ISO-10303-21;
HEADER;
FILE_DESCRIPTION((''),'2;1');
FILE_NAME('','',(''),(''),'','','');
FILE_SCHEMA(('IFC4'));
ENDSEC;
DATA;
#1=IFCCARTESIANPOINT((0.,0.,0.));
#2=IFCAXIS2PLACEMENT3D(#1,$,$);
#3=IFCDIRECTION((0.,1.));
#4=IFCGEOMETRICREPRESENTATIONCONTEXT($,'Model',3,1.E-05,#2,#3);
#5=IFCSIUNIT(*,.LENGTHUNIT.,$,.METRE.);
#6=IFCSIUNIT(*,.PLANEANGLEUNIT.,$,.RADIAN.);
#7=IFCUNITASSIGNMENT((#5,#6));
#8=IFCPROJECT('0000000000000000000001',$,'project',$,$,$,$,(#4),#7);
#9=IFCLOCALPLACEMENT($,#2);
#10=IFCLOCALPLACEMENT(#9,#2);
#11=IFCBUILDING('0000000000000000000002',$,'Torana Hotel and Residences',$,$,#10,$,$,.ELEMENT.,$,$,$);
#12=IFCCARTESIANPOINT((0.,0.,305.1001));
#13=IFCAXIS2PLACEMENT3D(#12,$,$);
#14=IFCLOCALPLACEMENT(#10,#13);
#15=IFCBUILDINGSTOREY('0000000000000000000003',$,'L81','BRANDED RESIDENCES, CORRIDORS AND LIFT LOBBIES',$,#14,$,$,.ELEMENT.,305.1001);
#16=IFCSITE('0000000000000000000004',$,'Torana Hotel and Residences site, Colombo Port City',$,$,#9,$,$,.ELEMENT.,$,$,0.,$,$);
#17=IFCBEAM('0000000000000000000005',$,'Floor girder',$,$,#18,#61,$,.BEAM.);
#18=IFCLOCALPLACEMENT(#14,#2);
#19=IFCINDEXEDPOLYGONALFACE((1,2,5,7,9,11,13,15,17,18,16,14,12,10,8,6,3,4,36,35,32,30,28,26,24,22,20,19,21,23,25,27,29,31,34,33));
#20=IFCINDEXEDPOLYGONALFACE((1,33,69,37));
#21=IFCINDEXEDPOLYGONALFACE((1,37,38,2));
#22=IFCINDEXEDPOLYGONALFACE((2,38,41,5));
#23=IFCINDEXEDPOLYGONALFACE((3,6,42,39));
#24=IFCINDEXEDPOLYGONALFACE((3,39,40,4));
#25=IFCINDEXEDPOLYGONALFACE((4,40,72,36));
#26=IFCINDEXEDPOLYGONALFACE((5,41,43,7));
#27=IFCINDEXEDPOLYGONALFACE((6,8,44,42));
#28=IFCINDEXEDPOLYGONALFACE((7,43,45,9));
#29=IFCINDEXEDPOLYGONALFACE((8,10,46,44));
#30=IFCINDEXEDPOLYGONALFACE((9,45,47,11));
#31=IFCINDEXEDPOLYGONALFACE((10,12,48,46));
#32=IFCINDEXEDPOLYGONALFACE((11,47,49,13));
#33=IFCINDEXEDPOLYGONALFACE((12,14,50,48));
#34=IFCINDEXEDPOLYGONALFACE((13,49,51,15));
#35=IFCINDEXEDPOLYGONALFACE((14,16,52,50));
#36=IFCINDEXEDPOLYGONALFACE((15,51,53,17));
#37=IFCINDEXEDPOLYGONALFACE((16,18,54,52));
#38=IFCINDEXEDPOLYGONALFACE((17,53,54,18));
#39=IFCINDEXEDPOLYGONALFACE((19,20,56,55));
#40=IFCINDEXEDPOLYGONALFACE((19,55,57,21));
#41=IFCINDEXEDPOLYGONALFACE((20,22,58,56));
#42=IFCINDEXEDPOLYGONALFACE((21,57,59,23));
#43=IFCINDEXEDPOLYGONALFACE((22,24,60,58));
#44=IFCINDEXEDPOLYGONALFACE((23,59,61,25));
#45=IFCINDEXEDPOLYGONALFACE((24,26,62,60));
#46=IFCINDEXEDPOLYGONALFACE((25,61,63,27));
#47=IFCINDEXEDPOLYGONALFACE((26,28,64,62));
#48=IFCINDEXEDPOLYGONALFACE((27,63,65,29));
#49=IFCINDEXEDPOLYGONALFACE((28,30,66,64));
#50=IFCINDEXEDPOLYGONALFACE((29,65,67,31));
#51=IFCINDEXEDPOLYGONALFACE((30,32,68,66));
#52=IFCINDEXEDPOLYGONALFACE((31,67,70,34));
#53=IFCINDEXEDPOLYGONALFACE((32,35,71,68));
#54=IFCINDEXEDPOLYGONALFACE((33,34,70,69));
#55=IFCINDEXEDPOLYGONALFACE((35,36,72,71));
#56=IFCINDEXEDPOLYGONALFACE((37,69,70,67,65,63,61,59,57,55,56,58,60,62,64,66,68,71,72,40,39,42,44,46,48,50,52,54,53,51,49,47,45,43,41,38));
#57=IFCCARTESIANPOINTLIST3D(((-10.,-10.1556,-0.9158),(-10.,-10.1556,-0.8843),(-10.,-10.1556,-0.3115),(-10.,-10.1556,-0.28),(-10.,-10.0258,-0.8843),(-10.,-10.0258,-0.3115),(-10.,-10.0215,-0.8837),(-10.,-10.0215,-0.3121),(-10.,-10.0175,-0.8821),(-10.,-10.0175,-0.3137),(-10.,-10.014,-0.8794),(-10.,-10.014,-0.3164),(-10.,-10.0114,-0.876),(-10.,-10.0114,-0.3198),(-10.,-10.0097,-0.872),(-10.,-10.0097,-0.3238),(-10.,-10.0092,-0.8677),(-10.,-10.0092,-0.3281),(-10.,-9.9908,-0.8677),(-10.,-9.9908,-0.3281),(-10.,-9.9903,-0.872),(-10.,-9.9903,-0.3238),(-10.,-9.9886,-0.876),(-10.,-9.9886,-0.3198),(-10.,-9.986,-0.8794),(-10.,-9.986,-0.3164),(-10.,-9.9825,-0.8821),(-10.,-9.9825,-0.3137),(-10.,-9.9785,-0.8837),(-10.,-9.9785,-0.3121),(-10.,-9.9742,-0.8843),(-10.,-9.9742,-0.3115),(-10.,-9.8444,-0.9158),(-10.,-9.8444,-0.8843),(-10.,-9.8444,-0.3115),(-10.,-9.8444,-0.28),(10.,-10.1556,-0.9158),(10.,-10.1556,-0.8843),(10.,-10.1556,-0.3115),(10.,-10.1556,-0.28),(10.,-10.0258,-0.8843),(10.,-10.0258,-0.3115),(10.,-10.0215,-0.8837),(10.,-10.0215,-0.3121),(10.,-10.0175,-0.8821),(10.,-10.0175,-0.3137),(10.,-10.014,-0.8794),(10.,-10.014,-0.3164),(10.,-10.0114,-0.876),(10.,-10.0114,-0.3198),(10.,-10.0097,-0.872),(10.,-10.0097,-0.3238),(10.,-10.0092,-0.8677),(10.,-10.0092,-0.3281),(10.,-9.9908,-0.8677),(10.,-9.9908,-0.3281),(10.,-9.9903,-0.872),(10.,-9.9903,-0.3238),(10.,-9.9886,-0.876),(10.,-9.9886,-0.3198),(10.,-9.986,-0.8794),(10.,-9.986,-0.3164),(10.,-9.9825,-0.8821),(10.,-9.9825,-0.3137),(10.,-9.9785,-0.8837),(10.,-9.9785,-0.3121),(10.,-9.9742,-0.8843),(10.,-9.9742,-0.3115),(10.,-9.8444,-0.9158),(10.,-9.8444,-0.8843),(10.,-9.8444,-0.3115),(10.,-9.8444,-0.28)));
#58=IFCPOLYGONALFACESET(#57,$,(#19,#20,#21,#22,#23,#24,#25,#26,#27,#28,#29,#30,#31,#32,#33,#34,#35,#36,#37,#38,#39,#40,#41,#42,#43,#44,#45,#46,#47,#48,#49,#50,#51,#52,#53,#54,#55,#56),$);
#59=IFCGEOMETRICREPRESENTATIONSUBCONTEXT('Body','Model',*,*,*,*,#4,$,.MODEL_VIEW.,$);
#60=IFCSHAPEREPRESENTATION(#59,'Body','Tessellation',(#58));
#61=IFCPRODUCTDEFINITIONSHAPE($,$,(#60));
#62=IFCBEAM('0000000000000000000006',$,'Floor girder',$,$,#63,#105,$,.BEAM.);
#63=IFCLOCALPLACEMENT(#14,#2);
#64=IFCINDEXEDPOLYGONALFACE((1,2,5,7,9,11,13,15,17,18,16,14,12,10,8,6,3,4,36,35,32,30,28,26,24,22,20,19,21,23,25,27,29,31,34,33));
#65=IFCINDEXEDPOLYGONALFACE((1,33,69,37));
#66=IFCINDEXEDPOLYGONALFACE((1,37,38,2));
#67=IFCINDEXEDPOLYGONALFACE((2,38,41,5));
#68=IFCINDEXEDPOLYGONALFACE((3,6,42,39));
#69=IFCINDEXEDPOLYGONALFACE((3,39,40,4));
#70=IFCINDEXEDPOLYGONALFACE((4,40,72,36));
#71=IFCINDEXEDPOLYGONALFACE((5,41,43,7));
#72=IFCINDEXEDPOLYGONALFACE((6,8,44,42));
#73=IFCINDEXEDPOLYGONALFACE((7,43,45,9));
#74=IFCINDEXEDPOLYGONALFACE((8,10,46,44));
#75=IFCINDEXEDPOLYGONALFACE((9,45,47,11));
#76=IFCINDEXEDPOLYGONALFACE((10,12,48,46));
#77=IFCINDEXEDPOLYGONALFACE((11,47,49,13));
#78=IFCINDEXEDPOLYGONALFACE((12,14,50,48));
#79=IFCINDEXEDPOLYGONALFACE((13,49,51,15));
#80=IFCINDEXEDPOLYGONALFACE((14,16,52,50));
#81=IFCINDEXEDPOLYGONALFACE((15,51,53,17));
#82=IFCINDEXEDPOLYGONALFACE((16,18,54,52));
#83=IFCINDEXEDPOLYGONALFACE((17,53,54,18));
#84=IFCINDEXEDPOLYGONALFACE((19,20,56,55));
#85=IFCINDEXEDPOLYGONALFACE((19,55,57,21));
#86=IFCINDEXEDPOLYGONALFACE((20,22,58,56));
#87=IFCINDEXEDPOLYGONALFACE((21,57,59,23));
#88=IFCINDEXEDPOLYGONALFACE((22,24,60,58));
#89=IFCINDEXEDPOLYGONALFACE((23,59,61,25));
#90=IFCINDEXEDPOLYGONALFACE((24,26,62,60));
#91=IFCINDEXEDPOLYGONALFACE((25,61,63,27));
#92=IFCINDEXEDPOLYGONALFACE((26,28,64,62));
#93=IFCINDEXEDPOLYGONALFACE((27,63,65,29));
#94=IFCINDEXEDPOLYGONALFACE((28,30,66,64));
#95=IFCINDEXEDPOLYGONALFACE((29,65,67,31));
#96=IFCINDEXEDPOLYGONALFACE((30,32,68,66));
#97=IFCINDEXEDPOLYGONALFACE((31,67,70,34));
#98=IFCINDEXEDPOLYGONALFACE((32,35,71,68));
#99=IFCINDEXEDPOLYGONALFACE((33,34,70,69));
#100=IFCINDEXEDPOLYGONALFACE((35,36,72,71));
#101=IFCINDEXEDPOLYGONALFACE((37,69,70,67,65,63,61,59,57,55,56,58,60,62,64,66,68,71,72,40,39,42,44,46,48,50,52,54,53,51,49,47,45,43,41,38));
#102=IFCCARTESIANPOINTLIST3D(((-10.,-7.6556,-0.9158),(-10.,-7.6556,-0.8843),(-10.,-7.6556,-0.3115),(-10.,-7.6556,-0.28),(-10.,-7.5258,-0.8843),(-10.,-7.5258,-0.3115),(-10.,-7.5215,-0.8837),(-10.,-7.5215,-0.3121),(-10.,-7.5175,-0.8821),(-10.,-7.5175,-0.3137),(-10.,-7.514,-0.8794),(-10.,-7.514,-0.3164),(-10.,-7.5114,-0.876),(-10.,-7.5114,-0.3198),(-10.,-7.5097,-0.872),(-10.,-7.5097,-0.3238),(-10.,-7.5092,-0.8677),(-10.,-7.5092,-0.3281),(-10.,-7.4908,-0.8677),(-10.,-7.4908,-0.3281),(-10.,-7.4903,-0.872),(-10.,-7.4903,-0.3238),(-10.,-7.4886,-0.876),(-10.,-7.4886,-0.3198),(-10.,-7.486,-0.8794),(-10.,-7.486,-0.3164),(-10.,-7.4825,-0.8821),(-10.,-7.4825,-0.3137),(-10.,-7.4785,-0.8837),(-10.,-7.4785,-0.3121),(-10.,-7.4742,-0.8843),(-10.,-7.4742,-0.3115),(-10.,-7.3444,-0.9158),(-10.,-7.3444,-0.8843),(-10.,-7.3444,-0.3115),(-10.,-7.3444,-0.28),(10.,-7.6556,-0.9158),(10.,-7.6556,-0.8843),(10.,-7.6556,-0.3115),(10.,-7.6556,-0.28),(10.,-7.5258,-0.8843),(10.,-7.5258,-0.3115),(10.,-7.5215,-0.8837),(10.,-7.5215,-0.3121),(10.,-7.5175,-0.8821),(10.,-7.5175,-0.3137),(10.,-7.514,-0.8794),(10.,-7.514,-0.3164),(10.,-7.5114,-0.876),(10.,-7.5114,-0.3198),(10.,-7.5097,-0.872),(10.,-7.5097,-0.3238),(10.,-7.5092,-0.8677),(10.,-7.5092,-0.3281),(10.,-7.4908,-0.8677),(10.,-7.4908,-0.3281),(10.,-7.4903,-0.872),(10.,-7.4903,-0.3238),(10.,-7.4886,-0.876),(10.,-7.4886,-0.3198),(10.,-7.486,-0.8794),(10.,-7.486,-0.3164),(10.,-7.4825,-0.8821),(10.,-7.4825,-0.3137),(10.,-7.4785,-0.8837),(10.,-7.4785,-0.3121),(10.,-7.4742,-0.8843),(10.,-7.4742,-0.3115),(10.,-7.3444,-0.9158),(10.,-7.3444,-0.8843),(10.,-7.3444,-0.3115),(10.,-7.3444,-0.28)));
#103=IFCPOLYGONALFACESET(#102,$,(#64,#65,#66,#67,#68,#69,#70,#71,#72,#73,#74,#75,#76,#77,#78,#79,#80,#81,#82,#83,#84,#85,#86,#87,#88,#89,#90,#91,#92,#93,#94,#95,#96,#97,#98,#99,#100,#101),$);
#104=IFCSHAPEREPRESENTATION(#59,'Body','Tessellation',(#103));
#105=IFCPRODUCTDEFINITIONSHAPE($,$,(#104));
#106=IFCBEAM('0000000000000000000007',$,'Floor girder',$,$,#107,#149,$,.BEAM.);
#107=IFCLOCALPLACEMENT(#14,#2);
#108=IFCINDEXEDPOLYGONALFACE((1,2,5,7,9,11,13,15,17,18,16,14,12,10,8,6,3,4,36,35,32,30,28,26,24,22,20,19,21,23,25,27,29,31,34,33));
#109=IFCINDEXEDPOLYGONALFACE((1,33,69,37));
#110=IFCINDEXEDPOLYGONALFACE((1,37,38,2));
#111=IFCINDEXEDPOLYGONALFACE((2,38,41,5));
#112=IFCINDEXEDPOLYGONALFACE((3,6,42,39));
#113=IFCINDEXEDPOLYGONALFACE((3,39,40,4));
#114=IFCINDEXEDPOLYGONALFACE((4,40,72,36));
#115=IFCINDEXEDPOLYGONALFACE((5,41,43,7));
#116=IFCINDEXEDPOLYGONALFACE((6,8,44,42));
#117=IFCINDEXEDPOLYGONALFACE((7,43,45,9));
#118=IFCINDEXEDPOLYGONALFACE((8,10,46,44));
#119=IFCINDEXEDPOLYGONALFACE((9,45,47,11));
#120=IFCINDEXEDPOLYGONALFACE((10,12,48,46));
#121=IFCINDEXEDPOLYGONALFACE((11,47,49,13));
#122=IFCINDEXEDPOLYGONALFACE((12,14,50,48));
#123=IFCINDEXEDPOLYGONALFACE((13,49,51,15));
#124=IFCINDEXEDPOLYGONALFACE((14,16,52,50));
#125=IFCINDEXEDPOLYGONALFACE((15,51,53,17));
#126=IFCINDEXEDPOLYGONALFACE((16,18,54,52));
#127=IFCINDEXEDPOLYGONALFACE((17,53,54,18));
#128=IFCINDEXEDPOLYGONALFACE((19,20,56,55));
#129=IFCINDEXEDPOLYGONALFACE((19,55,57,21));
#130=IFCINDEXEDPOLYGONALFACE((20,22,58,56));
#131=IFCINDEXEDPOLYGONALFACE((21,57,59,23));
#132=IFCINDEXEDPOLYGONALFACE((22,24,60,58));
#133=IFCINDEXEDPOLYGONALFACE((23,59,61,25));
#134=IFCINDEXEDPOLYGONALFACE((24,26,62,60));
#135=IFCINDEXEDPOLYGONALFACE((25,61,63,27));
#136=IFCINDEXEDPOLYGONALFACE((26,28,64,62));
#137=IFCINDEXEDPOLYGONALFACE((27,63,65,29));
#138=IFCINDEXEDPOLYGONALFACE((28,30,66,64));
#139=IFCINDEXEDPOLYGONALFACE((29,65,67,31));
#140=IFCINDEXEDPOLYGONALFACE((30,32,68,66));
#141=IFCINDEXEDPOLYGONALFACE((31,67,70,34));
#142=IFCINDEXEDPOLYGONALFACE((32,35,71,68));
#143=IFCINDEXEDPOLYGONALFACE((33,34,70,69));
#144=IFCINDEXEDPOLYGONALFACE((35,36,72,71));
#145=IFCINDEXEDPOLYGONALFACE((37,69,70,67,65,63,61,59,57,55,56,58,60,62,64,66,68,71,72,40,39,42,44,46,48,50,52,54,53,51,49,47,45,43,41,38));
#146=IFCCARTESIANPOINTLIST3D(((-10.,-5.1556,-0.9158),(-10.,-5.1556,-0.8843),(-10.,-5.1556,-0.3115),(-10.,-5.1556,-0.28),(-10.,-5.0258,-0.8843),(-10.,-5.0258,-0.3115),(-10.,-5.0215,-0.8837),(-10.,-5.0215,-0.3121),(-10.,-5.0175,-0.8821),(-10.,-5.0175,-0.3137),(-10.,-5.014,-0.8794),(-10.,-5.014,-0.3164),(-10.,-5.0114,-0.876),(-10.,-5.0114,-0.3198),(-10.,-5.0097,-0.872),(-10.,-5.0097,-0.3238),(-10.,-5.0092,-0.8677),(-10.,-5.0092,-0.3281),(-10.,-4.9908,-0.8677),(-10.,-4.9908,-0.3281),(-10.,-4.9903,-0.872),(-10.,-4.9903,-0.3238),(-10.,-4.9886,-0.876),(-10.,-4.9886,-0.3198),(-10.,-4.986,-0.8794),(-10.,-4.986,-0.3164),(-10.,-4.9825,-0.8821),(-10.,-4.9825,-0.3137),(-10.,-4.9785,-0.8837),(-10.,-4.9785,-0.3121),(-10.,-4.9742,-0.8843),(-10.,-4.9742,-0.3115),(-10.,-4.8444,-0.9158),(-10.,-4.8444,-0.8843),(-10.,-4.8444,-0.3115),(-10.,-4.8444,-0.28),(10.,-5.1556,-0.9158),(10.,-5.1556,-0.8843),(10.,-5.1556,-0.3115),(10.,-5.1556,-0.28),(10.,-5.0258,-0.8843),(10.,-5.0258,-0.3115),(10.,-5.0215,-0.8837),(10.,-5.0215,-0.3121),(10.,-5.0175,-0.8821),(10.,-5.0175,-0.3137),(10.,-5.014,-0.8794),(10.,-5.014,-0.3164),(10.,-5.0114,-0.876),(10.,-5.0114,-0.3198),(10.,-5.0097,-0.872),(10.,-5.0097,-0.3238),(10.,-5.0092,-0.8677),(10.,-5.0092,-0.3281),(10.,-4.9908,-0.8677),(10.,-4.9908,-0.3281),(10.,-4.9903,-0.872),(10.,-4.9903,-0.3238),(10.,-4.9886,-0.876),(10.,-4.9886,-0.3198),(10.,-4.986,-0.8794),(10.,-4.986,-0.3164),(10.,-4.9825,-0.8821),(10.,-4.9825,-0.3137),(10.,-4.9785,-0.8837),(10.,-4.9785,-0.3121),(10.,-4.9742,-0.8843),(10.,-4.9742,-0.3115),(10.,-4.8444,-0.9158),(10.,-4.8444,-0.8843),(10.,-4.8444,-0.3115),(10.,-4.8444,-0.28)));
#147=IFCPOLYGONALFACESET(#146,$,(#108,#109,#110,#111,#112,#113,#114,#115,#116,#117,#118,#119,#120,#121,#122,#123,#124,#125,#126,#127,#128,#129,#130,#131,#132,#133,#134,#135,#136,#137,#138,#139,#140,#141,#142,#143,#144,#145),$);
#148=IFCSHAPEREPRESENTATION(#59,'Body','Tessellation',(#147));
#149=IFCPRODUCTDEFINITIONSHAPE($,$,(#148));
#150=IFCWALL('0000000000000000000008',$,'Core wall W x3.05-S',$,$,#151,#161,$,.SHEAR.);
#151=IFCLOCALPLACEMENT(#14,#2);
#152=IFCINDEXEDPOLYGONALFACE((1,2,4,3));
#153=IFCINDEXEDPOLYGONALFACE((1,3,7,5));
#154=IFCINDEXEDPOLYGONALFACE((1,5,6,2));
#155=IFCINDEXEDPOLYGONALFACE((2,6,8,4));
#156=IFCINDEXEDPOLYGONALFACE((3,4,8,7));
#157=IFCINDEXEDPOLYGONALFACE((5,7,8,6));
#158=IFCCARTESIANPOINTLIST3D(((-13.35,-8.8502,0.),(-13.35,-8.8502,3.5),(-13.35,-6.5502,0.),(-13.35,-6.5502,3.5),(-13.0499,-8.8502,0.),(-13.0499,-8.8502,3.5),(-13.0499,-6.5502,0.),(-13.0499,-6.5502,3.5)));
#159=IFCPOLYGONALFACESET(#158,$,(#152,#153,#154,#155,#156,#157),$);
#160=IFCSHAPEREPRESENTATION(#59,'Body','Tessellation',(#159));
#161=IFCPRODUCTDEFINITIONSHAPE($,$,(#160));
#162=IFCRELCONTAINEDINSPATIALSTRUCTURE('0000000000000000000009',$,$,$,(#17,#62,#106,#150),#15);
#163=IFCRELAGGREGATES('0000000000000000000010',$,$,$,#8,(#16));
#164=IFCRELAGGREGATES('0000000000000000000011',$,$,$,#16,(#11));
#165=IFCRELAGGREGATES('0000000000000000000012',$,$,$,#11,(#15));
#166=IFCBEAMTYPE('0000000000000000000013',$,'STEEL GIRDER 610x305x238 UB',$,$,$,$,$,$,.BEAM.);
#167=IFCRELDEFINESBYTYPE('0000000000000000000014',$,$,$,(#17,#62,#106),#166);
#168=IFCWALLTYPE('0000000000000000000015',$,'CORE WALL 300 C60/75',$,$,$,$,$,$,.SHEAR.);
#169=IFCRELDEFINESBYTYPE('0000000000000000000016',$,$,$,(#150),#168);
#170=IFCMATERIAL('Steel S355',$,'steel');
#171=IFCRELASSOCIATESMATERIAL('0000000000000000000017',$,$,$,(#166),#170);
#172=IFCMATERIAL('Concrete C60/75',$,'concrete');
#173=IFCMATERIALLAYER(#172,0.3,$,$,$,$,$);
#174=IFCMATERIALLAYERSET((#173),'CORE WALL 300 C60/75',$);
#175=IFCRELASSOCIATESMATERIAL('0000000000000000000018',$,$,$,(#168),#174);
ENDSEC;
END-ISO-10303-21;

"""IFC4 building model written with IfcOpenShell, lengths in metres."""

from ifc_helpers import new_model, si_unit, direction, frame, frame_2d, origin, origin_2d, place, context, subcontext, project, spatial, rectangle, i_section, extrude, material, layer, layer_set, material_profile, profile_set, type_object, element, save


model = new_model("IFC4")

# Units and contexts
model_context = context("Model", 3, precision=1e-05, world=origin(), true_north=direction((0.0, 1.0)))
body_context = subcontext(model_context, "Body", "Model", "MODEL_VIEW")
ifc_project = project(units=[si_unit("LENGTHUNIT", "METRE"), si_unit("PLANEANGLEUNIT", "RADIAN")], contexts=[model_context])

# Site, building, storey
site_placement = place(None, origin())
site = spatial("IfcSite", under=ifc_project, at=site_placement, Name="Torana Hotel and Residences site, Colombo Port City", CompositionType="ELEMENT", RefElevation=0.0)
building_placement = place(site_placement, origin())
building = spatial("IfcBuilding", under=site, at=building_placement, Name="Torana Hotel and Residences", CompositionType="ELEMENT")
storey_placement = place(building_placement, frame((0.0, 0.0, 305.1001)))
storey = spatial("IfcBuildingStorey", under=building, at=storey_placement, Name="L81", Description="BRANDED RESIDENCES, CORRIDORS AND LIFT LOBBIES", CompositionType="ELEMENT", Elevation=305.1001)

# Beams
ifc_material_1 = material(Name="Steel S355", Category="steel")
ifc_material_profile = material_profile(ifc_material_1, i_section(OverallWidth=0.3113, OverallDepth=0.6357, WebThickness=0.0183, FlangeThickness=0.0315, FilletRadius=0.0166, at=origin_2d()), Name="610x305x238 UB")
ifc_profile_set = profile_set([ifc_material_profile], Name="Steel S355")
beam_type = type_object("IfcBeamType", Name="STEEL GIRDER 610x305x238 UB", PredefinedType="BEAM", material=ifc_profile_set)
for number, where, z_axis, x_axis, name in (
    (1, (-10.0, -10.0, -0.5979), (1.0, 0.0, 0.0), (0.0, 1.0, 0.0), "Floor girder"),
    (2, (-10.0, -7.5, -0.5979), (1.0, 0.0, 0.0), (0.0, 1.0, 0.0), "Floor girder"),
    (3, (-10.0, -5.0, -0.5979), (1.0, 0.0, 0.0), (0.0, 1.0, 0.0), "Floor girder"),
):
    element("IfcBeam", number, at=place(storey_placement, frame(where, z_axis=z_axis, x_axis=x_axis)), inside=storey, type_object=beam_type, Name=name, PredefinedType="BEAM", context=body_context, shape_type="SweptSolid", body=[
        extrude(i_section(OverallWidth=0.3113, OverallDepth=0.6357, WebThickness=0.0183, FlangeThickness=0.0315, FilletRadius=0.0166, at=origin_2d()), origin(), (0.0, 0.0, 1.0), 20.0),
    ])

# Wall
ifc_material_2 = material(Name="Concrete C60/75", Category="concrete")
ifc_layer_1 = layer(ifc_material_2, 0.3)
ifc_layer_set_1 = layer_set([ifc_layer_1], Name="CORE WALL 300 C60/75")
wall_type_1 = type_object("IfcWallType", Name="CORE WALL 300 C60/75", PredefinedType="SHEAR", material=ifc_layer_set_1)
wall_1_placement = place(storey_placement, frame((-13.2, -8.8501, 0.0), z_axis=(0.0, 0.0, 1.0), x_axis=(0.0, 1.0, 0.0)))
element("IfcWall", 4, at=wall_1_placement, inside=storey, type_object=wall_type_1, Name="Core wall W x3.05-S", PredefinedType="SHEAR", context=body_context, shape_type="SweptSolid", body=[
    extrude(rectangle(XDim=2.3, YDim=0.3, at=frame_2d((1.1499, 0.0))), origin(), (0.0, 0.0, 1.0), 3.5),
])

save(model, "model.ifc")
